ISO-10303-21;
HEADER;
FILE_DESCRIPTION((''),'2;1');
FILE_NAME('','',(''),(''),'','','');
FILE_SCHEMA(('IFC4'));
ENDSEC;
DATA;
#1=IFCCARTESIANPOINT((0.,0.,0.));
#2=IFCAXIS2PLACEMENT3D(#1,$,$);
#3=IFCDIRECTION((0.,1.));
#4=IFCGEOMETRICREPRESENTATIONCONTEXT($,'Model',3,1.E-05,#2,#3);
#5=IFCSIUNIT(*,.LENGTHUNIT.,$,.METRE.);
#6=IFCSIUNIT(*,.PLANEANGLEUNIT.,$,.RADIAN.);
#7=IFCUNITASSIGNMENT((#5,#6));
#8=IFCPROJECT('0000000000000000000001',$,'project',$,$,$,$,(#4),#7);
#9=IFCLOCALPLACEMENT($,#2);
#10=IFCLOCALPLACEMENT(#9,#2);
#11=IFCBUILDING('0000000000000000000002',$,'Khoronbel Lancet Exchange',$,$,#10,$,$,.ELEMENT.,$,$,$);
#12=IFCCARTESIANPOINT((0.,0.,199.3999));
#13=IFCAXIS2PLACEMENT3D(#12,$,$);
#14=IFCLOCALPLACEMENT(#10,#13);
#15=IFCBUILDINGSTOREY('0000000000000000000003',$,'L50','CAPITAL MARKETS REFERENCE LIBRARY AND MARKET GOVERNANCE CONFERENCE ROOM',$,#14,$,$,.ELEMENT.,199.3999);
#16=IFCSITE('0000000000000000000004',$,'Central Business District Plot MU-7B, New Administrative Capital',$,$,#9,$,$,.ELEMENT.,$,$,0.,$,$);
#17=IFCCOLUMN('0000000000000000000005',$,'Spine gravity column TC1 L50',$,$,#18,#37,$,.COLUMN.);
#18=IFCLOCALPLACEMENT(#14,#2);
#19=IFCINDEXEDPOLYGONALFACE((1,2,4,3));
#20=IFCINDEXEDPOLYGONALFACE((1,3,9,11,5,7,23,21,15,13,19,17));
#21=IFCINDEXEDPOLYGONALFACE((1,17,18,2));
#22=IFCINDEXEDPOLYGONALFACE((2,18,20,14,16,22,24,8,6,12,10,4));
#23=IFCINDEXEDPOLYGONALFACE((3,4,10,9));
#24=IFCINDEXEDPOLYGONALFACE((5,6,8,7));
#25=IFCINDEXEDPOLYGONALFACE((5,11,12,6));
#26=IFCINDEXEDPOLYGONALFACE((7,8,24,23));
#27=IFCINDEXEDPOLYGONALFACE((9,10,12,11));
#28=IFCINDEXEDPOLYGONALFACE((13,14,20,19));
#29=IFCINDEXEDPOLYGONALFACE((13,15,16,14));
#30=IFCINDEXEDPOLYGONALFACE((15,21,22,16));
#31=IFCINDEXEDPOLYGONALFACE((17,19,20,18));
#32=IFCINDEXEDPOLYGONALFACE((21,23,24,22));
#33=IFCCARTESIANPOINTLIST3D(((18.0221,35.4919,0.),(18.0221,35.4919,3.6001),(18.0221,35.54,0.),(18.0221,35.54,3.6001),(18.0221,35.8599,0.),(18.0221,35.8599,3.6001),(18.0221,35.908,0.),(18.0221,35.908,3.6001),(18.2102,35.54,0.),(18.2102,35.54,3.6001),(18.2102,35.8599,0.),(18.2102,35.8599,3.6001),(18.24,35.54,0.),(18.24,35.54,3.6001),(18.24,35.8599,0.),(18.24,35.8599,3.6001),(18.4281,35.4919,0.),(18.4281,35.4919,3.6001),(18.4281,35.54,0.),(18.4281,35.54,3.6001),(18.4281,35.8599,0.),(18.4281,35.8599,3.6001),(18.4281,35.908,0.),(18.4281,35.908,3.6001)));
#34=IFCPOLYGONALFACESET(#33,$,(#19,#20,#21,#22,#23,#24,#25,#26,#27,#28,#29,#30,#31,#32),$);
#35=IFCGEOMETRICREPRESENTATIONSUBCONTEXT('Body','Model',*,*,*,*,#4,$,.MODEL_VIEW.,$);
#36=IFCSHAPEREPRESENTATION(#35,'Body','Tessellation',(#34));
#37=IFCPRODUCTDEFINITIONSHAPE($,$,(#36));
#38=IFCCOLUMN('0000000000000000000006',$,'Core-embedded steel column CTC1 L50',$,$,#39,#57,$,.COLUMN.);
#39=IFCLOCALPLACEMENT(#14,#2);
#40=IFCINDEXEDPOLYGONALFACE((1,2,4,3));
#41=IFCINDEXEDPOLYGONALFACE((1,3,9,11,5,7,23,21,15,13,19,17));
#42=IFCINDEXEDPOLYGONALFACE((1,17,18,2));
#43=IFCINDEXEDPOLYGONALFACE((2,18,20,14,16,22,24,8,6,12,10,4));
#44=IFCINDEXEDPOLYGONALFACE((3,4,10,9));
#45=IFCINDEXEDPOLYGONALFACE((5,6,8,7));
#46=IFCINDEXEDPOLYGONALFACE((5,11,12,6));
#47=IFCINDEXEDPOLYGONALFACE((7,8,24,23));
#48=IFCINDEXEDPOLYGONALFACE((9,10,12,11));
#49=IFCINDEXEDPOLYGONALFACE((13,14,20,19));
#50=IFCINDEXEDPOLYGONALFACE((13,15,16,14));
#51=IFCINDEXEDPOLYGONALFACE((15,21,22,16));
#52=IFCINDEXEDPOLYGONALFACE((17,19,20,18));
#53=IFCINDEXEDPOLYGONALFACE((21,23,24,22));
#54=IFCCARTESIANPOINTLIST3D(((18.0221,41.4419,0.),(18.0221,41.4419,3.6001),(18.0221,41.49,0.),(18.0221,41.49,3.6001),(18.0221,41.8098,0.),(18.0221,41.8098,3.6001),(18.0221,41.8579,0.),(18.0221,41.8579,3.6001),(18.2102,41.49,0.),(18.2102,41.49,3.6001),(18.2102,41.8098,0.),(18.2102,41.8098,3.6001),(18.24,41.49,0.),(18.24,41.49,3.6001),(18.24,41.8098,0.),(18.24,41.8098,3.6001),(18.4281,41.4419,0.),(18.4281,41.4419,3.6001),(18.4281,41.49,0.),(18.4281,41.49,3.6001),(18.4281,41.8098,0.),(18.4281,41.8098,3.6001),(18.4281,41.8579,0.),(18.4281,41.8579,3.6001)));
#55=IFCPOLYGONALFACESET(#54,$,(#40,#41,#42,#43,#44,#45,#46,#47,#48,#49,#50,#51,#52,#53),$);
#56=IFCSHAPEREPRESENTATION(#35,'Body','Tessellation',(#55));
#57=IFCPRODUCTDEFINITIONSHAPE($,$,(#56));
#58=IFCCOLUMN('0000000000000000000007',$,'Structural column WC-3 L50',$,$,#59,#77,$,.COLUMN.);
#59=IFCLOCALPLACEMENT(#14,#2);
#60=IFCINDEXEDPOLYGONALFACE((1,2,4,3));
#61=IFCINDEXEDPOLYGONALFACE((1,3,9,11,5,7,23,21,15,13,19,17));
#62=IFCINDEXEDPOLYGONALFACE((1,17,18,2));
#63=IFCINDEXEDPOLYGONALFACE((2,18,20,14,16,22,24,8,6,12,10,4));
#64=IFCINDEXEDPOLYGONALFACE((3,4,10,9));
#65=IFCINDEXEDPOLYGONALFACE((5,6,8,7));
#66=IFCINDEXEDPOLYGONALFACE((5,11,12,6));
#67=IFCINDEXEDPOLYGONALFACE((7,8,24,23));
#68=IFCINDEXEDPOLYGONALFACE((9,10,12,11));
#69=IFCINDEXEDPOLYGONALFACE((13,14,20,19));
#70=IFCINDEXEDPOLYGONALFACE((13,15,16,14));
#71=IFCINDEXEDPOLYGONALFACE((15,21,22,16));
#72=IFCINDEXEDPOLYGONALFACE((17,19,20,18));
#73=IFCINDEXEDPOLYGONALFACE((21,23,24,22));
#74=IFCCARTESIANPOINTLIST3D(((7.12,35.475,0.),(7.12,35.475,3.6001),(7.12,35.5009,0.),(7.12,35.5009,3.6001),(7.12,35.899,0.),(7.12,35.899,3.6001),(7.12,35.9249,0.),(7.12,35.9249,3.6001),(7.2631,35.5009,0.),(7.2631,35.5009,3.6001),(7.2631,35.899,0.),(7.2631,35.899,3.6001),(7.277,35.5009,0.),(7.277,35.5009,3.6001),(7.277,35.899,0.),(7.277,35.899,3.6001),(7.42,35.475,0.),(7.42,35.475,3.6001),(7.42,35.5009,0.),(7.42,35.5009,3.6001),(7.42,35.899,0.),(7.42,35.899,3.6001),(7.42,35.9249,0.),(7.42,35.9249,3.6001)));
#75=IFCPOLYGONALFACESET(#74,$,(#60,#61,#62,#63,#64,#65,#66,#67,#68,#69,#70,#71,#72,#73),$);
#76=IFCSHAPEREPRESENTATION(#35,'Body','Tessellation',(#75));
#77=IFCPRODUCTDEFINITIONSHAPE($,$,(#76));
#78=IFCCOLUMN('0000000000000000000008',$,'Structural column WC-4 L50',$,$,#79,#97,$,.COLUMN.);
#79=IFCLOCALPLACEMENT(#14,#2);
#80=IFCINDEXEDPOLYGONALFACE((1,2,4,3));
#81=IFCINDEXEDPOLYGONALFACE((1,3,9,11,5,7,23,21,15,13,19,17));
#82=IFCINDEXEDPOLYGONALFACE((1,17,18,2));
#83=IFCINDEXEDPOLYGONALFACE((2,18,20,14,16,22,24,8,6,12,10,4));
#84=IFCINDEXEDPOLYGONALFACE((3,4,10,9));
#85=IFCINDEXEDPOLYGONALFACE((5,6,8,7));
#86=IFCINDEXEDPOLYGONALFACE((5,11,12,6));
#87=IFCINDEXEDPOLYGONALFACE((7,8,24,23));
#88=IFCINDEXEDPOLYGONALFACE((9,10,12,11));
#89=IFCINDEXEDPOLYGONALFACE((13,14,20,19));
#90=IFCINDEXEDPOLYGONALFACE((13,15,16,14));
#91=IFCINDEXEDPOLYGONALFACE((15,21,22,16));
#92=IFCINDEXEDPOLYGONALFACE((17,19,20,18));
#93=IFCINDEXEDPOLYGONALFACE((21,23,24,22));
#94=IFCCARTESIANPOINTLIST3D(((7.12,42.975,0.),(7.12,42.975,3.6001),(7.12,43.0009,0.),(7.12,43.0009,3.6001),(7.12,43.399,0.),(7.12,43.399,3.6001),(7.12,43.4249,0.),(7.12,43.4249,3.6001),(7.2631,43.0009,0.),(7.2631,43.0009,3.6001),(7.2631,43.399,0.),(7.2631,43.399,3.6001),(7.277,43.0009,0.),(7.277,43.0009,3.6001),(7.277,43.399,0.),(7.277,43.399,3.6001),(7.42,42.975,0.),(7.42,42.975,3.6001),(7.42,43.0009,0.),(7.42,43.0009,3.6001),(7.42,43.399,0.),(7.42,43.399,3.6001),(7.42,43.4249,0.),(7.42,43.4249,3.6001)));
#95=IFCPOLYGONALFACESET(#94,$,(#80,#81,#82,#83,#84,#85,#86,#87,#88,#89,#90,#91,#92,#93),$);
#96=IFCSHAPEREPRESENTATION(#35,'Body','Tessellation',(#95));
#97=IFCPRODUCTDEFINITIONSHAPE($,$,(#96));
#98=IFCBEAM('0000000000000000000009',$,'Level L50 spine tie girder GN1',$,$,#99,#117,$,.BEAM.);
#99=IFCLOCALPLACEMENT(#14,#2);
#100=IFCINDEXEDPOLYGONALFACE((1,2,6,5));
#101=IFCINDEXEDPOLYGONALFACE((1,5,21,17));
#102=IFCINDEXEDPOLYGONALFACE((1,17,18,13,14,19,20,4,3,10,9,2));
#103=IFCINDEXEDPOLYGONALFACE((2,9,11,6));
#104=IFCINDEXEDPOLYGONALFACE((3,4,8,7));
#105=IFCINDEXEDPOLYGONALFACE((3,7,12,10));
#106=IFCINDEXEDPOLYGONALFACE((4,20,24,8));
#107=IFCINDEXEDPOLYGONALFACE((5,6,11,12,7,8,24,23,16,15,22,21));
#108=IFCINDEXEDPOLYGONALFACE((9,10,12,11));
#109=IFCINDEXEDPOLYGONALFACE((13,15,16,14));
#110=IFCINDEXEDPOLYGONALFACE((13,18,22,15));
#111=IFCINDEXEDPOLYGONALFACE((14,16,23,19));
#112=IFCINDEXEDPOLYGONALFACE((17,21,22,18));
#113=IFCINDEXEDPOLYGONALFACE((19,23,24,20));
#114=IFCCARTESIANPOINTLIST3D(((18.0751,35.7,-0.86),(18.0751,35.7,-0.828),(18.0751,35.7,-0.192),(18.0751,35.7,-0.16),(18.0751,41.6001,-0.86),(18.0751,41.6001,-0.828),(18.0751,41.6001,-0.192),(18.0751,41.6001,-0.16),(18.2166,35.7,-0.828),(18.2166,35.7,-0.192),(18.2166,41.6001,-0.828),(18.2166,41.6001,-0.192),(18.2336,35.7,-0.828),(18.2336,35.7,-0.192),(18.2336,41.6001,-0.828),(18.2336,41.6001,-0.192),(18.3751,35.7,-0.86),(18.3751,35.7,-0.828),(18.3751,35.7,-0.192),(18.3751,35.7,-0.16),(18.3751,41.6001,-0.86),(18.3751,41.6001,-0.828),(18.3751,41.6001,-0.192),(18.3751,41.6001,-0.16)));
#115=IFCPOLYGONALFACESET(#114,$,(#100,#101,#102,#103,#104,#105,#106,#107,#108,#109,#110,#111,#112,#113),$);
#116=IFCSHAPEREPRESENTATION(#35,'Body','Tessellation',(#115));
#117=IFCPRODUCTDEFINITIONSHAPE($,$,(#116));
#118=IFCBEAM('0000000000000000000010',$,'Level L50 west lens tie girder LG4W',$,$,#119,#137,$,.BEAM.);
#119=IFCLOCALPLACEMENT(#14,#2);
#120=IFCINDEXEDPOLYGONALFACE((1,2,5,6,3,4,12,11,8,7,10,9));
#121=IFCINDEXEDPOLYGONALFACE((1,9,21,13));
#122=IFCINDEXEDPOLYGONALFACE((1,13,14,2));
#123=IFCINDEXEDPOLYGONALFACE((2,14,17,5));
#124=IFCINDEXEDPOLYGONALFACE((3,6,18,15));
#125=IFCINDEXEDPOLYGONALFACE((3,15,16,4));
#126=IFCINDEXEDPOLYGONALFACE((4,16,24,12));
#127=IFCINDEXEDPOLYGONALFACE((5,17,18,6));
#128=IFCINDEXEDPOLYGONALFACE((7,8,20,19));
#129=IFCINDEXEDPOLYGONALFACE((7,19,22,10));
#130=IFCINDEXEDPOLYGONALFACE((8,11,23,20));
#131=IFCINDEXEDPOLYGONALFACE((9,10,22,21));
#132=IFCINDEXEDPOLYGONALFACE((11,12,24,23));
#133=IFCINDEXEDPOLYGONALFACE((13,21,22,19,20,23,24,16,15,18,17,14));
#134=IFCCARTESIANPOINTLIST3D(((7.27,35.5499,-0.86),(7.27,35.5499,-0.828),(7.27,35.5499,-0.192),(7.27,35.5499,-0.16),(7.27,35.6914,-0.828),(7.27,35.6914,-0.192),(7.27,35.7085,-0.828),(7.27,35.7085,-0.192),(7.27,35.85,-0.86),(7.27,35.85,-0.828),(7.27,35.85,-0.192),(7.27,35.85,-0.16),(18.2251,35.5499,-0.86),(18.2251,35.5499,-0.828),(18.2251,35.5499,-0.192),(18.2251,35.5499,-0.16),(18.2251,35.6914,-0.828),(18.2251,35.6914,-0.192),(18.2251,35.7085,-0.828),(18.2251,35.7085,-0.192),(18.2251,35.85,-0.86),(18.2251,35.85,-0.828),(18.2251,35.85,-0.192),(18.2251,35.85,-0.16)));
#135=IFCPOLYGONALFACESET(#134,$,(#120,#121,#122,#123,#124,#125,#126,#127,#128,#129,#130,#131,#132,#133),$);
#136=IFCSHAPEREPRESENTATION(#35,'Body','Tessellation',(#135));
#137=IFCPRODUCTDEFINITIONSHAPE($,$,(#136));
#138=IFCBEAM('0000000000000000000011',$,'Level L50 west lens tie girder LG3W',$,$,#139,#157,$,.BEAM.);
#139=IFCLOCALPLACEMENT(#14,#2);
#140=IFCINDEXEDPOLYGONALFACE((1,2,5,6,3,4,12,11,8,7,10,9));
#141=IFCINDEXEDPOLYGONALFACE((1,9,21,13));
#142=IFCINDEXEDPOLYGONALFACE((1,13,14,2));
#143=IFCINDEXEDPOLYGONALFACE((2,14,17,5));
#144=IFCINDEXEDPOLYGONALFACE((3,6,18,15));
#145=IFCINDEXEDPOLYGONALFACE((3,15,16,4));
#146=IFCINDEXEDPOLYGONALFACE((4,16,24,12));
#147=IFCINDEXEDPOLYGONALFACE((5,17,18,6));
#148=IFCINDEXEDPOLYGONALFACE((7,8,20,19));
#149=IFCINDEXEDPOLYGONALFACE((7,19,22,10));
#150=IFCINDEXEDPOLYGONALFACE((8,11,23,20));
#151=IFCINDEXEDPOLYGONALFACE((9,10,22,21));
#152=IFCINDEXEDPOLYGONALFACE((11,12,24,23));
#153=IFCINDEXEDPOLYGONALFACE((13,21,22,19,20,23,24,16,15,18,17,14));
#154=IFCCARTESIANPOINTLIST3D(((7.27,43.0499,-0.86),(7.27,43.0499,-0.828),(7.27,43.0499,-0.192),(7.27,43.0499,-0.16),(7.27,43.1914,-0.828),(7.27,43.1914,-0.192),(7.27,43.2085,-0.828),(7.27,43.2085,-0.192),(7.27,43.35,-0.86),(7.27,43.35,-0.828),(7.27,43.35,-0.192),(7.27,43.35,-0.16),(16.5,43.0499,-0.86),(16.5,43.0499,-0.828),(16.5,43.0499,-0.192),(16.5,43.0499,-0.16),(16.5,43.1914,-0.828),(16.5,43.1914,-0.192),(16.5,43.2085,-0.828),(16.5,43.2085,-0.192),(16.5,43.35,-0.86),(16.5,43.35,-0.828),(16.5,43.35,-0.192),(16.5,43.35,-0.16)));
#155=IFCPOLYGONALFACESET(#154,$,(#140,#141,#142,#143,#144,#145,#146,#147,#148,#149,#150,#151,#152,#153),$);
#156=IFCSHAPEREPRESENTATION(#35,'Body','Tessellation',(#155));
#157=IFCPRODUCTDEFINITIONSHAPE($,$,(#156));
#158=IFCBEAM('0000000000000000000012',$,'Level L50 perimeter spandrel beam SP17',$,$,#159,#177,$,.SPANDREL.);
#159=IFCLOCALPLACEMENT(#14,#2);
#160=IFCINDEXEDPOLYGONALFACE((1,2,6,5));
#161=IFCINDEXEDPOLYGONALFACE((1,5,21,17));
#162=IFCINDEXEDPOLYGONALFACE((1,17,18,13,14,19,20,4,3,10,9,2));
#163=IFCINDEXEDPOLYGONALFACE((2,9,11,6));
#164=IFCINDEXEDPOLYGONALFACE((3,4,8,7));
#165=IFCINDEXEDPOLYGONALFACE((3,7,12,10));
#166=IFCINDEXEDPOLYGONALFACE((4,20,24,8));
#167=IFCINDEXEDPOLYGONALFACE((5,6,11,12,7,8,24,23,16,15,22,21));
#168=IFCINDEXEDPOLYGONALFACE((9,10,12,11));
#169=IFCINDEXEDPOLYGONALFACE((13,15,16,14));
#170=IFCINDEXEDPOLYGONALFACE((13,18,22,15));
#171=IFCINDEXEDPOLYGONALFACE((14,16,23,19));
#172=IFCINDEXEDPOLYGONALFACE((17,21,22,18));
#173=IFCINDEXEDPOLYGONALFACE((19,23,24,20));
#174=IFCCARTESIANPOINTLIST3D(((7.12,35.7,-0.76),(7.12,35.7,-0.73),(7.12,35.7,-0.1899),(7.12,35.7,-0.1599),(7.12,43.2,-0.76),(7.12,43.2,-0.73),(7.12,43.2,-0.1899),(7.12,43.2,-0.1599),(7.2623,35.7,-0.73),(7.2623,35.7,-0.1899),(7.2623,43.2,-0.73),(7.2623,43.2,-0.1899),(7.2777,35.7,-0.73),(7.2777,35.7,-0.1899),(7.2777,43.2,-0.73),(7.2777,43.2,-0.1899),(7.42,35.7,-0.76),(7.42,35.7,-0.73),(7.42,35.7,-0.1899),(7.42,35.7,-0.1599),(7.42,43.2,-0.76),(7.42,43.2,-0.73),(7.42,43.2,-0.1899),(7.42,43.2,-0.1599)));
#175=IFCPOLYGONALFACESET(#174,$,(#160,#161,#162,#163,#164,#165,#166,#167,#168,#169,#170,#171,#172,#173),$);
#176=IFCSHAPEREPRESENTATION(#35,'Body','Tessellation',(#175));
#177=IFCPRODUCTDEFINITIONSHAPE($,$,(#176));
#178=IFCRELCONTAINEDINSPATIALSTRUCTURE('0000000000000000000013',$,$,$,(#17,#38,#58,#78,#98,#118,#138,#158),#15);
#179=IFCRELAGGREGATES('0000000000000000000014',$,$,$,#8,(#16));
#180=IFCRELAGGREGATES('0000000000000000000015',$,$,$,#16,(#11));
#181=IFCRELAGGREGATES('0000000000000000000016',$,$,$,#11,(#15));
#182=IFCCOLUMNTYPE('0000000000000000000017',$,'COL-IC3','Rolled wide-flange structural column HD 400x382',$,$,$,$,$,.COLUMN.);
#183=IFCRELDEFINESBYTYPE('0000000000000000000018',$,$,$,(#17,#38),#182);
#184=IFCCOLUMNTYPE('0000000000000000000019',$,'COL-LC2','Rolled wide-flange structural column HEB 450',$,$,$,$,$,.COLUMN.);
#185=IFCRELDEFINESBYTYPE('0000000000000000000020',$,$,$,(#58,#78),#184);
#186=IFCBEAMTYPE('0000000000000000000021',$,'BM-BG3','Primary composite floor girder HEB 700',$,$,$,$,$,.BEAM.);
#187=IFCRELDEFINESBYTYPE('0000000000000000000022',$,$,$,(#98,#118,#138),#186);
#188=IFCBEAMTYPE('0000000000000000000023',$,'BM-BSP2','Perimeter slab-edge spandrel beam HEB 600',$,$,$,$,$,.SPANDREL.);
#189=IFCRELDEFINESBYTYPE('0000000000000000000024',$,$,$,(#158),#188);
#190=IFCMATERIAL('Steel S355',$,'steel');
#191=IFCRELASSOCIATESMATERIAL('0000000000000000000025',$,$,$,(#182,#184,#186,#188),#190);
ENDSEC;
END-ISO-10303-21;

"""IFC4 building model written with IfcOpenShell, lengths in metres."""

from ifc_helpers import new_model, si_unit, direction, frame, origin, origin_2d, place, context, subcontext, project, spatial, i_section, extrude, material, material_profile, profile_set, type_object, element, save


model = new_model("IFC4")

# Units and contexts
model_context = context("Model", 3, precision=1e-05, world=origin(), true_north=direction((0.0, 1.0)))
body_context = subcontext(model_context, "Body", "Model", "MODEL_VIEW")
ifc_project = project(units=[si_unit("LENGTHUNIT", "METRE"), si_unit("PLANEANGLEUNIT", "RADIAN")], contexts=[model_context])

# Site, building, storey
site_placement = place(None, origin())
site = spatial("IfcSite", under=ifc_project, at=site_placement, Name="Central Business District Plot MU-7B, New Administrative Capital", CompositionType="ELEMENT", RefElevation=0.0)
building_placement = place(site_placement, origin())
building = spatial("IfcBuilding", under=site, at=building_placement, Name="Khoronbel Lancet Exchange", CompositionType="ELEMENT")
storey_placement = place(building_placement, frame((0.0, 0.0, 199.3999)))
storey = spatial("IfcBuildingStorey", under=building, at=storey_placement, Name="L50", Description="CAPITAL MARKETS REFERENCE LIBRARY AND MARKET GOVERNANCE CONFERENCE ROOM", CompositionType="ELEMENT", Elevation=199.3999)

# Columns
ifc_material_1 = material(Name="Steel S355", Category="steel")
ifc_material_profile_1 = material_profile(ifc_material_1, i_section(OverallWidth=0.406, OverallDepth=0.416, WebThickness=0.0298, FlangeThickness=0.0481, at=origin_2d()), Name="HD 400x382")
ifc_profile_set_1 = profile_set([ifc_material_profile_1], Name="Steel S355")
column_type_1 = type_object("IfcColumnType", Name="COL-IC3", Description="Rolled wide-flange structural column HD 400x382", PredefinedType="COLUMN", material=ifc_profile_set_1)
for number, where, z_axis, x_axis, name in (
    (1, (18.2251, 35.7, 0.0), (0.0, 0.0, 1.0), (1.0, 0.0, 0.0), "Spine gravity column TC1 L50"),
    (2, (18.2251, 41.6499, 0.0), (0.0, 0.0, 1.0), (1.0, 0.0, 0.0), "Core-embedded steel column CTC1 L50"),
):
    element("IfcColumn", number, at=place(storey_placement, frame(where, z_axis=z_axis, x_axis=x_axis)), inside=storey, type_object=column_type_1, Name=name, PredefinedType="COLUMN", context=body_context, shape_type="SweptSolid", body=[
        extrude(i_section(OverallWidth=0.406, OverallDepth=0.416, WebThickness=0.0298, FlangeThickness=0.0481, at=origin_2d()), origin(), (0.0, 0.0, 1.0), 3.6001),
    ])
ifc_material_profile_2 = material_profile(ifc_material_1, i_section(OverallWidth=0.3, OverallDepth=0.45, WebThickness=0.0139, FlangeThickness=0.0259, at=origin_2d()), Name="HEB 450")
ifc_profile_set_2 = profile_set([ifc_material_profile_2], Name="Steel S355")
column_type_2 = type_object("IfcColumnType", Name="COL-LC2", Description="Rolled wide-flange structural column HEB 450", PredefinedType="COLUMN", material=ifc_profile_set_2)
for number, where, z_axis, x_axis, name in (
    (3, (7.27, 35.7, 0.0), (0.0, 0.0, 1.0), (1.0, 0.0, 0.0), "Structural column WC-3 L50"),
    (4, (7.27, 43.2, 0.0), (0.0, 0.0, 1.0), (1.0, 0.0, 0.0), "Structural column WC-4 L50"),
):
    element("IfcColumn", number, at=place(storey_placement, frame(where, z_axis=z_axis, x_axis=x_axis)), inside=storey, type_object=column_type_2, Name=name, PredefinedType="COLUMN", context=body_context, shape_type="SweptSolid", body=[
        extrude(i_section(OverallWidth=0.3, OverallDepth=0.45, WebThickness=0.0139, FlangeThickness=0.0259, at=origin_2d()), origin(), (0.0, 0.0, 1.0), 3.6001),
    ])

# Beams
ifc_material_profile_3 = material_profile(ifc_material_1, i_section(OverallWidth=0.3, OverallDepth=0.7, WebThickness=0.0171, FlangeThickness=0.032, at=origin_2d()), Name="HEB 700")
ifc_profile_set_3 = profile_set([ifc_material_profile_3], Name="Steel S355")
beam_type_1 = type_object("IfcBeamType", Name="BM-BG3", Description="Primary composite floor girder HEB 700", PredefinedType="BEAM", material=ifc_profile_set_3)
beam_1_placement = place(storey_placement, frame((18.2251, 35.7, -0.51), z_axis=(0.0, 1.0, 0.0), x_axis=(-1.0, 0.0, 0.0)))
element("IfcBeam", 5, at=beam_1_placement, inside=storey, type_object=beam_type_1, Name="Level L50 spine tie girder GN1", PredefinedType="BEAM", context=body_context, shape_type="SweptSolid", body=[
    extrude(i_section(OverallWidth=0.3, OverallDepth=0.7, WebThickness=0.0171, FlangeThickness=0.032, at=origin_2d()), origin(), (0.0, 0.0, 1.0), 5.9001),
])
beam_2_placement = place(storey_placement, frame((7.27, 35.7, -0.51), z_axis=(1.0, 0.0, 0.0), x_axis=(0.0, 1.0, 0.0)))
element("IfcBeam", 6, at=beam_2_placement, inside=storey, type_object=beam_type_1, Name="Level L50 west lens tie girder LG4W", PredefinedType="BEAM", context=body_context, shape_type="SweptSolid", body=[
    extrude(i_section(OverallWidth=0.3, OverallDepth=0.7, WebThickness=0.0171, FlangeThickness=0.032, at=origin_2d()), origin(), (0.0, 0.0, 1.0), 10.9551),
])
beam_3_placement = place(storey_placement, frame((7.27, 43.2, -0.51), z_axis=(1.0, 0.0, 0.0), x_axis=(0.0, 1.0, 0.0)))
element("IfcBeam", 7, at=beam_3_placement, inside=storey, type_object=beam_type_1, Name="Level L50 west lens tie girder LG3W", PredefinedType="BEAM", context=body_context, shape_type="SweptSolid", body=[
    extrude(i_section(OverallWidth=0.3, OverallDepth=0.7, WebThickness=0.0171, FlangeThickness=0.032, at=origin_2d()), origin(), (0.0, 0.0, 1.0), 9.23),
])
ifc_material_profile_4 = material_profile(ifc_material_1, i_section(OverallWidth=0.3, OverallDepth=0.6001, WebThickness=0.0154, FlangeThickness=0.03, at=origin_2d()), Name="HEB 600")
ifc_profile_set_4 = profile_set([ifc_material_profile_4], Name="Steel S355")
beam_type_2 = type_object("IfcBeamType", Name="BM-BSP2", Description="Perimeter slab-edge spandrel beam HEB 600", PredefinedType="SPANDREL", material=ifc_profile_set_4)
beam_4_placement = place(storey_placement, frame((7.27, 43.2, -0.46), z_axis=(0.0, -1.0, 0.0), x_axis=(1.0, 0.0, 0.0)))
element("IfcBeam", 8, at=beam_4_placement, inside=storey, type_object=beam_type_2, Name="Level L50 perimeter spandrel beam SP17", PredefinedType="SPANDREL", context=body_context, shape_type="SweptSolid", body=[
    extrude(i_section(OverallWidth=0.3, OverallDepth=0.6001, WebThickness=0.0154, FlangeThickness=0.03, at=origin_2d()), origin(), (0.0, 0.0, 1.0), 7.5),
])

save(model, "model.ifc")
